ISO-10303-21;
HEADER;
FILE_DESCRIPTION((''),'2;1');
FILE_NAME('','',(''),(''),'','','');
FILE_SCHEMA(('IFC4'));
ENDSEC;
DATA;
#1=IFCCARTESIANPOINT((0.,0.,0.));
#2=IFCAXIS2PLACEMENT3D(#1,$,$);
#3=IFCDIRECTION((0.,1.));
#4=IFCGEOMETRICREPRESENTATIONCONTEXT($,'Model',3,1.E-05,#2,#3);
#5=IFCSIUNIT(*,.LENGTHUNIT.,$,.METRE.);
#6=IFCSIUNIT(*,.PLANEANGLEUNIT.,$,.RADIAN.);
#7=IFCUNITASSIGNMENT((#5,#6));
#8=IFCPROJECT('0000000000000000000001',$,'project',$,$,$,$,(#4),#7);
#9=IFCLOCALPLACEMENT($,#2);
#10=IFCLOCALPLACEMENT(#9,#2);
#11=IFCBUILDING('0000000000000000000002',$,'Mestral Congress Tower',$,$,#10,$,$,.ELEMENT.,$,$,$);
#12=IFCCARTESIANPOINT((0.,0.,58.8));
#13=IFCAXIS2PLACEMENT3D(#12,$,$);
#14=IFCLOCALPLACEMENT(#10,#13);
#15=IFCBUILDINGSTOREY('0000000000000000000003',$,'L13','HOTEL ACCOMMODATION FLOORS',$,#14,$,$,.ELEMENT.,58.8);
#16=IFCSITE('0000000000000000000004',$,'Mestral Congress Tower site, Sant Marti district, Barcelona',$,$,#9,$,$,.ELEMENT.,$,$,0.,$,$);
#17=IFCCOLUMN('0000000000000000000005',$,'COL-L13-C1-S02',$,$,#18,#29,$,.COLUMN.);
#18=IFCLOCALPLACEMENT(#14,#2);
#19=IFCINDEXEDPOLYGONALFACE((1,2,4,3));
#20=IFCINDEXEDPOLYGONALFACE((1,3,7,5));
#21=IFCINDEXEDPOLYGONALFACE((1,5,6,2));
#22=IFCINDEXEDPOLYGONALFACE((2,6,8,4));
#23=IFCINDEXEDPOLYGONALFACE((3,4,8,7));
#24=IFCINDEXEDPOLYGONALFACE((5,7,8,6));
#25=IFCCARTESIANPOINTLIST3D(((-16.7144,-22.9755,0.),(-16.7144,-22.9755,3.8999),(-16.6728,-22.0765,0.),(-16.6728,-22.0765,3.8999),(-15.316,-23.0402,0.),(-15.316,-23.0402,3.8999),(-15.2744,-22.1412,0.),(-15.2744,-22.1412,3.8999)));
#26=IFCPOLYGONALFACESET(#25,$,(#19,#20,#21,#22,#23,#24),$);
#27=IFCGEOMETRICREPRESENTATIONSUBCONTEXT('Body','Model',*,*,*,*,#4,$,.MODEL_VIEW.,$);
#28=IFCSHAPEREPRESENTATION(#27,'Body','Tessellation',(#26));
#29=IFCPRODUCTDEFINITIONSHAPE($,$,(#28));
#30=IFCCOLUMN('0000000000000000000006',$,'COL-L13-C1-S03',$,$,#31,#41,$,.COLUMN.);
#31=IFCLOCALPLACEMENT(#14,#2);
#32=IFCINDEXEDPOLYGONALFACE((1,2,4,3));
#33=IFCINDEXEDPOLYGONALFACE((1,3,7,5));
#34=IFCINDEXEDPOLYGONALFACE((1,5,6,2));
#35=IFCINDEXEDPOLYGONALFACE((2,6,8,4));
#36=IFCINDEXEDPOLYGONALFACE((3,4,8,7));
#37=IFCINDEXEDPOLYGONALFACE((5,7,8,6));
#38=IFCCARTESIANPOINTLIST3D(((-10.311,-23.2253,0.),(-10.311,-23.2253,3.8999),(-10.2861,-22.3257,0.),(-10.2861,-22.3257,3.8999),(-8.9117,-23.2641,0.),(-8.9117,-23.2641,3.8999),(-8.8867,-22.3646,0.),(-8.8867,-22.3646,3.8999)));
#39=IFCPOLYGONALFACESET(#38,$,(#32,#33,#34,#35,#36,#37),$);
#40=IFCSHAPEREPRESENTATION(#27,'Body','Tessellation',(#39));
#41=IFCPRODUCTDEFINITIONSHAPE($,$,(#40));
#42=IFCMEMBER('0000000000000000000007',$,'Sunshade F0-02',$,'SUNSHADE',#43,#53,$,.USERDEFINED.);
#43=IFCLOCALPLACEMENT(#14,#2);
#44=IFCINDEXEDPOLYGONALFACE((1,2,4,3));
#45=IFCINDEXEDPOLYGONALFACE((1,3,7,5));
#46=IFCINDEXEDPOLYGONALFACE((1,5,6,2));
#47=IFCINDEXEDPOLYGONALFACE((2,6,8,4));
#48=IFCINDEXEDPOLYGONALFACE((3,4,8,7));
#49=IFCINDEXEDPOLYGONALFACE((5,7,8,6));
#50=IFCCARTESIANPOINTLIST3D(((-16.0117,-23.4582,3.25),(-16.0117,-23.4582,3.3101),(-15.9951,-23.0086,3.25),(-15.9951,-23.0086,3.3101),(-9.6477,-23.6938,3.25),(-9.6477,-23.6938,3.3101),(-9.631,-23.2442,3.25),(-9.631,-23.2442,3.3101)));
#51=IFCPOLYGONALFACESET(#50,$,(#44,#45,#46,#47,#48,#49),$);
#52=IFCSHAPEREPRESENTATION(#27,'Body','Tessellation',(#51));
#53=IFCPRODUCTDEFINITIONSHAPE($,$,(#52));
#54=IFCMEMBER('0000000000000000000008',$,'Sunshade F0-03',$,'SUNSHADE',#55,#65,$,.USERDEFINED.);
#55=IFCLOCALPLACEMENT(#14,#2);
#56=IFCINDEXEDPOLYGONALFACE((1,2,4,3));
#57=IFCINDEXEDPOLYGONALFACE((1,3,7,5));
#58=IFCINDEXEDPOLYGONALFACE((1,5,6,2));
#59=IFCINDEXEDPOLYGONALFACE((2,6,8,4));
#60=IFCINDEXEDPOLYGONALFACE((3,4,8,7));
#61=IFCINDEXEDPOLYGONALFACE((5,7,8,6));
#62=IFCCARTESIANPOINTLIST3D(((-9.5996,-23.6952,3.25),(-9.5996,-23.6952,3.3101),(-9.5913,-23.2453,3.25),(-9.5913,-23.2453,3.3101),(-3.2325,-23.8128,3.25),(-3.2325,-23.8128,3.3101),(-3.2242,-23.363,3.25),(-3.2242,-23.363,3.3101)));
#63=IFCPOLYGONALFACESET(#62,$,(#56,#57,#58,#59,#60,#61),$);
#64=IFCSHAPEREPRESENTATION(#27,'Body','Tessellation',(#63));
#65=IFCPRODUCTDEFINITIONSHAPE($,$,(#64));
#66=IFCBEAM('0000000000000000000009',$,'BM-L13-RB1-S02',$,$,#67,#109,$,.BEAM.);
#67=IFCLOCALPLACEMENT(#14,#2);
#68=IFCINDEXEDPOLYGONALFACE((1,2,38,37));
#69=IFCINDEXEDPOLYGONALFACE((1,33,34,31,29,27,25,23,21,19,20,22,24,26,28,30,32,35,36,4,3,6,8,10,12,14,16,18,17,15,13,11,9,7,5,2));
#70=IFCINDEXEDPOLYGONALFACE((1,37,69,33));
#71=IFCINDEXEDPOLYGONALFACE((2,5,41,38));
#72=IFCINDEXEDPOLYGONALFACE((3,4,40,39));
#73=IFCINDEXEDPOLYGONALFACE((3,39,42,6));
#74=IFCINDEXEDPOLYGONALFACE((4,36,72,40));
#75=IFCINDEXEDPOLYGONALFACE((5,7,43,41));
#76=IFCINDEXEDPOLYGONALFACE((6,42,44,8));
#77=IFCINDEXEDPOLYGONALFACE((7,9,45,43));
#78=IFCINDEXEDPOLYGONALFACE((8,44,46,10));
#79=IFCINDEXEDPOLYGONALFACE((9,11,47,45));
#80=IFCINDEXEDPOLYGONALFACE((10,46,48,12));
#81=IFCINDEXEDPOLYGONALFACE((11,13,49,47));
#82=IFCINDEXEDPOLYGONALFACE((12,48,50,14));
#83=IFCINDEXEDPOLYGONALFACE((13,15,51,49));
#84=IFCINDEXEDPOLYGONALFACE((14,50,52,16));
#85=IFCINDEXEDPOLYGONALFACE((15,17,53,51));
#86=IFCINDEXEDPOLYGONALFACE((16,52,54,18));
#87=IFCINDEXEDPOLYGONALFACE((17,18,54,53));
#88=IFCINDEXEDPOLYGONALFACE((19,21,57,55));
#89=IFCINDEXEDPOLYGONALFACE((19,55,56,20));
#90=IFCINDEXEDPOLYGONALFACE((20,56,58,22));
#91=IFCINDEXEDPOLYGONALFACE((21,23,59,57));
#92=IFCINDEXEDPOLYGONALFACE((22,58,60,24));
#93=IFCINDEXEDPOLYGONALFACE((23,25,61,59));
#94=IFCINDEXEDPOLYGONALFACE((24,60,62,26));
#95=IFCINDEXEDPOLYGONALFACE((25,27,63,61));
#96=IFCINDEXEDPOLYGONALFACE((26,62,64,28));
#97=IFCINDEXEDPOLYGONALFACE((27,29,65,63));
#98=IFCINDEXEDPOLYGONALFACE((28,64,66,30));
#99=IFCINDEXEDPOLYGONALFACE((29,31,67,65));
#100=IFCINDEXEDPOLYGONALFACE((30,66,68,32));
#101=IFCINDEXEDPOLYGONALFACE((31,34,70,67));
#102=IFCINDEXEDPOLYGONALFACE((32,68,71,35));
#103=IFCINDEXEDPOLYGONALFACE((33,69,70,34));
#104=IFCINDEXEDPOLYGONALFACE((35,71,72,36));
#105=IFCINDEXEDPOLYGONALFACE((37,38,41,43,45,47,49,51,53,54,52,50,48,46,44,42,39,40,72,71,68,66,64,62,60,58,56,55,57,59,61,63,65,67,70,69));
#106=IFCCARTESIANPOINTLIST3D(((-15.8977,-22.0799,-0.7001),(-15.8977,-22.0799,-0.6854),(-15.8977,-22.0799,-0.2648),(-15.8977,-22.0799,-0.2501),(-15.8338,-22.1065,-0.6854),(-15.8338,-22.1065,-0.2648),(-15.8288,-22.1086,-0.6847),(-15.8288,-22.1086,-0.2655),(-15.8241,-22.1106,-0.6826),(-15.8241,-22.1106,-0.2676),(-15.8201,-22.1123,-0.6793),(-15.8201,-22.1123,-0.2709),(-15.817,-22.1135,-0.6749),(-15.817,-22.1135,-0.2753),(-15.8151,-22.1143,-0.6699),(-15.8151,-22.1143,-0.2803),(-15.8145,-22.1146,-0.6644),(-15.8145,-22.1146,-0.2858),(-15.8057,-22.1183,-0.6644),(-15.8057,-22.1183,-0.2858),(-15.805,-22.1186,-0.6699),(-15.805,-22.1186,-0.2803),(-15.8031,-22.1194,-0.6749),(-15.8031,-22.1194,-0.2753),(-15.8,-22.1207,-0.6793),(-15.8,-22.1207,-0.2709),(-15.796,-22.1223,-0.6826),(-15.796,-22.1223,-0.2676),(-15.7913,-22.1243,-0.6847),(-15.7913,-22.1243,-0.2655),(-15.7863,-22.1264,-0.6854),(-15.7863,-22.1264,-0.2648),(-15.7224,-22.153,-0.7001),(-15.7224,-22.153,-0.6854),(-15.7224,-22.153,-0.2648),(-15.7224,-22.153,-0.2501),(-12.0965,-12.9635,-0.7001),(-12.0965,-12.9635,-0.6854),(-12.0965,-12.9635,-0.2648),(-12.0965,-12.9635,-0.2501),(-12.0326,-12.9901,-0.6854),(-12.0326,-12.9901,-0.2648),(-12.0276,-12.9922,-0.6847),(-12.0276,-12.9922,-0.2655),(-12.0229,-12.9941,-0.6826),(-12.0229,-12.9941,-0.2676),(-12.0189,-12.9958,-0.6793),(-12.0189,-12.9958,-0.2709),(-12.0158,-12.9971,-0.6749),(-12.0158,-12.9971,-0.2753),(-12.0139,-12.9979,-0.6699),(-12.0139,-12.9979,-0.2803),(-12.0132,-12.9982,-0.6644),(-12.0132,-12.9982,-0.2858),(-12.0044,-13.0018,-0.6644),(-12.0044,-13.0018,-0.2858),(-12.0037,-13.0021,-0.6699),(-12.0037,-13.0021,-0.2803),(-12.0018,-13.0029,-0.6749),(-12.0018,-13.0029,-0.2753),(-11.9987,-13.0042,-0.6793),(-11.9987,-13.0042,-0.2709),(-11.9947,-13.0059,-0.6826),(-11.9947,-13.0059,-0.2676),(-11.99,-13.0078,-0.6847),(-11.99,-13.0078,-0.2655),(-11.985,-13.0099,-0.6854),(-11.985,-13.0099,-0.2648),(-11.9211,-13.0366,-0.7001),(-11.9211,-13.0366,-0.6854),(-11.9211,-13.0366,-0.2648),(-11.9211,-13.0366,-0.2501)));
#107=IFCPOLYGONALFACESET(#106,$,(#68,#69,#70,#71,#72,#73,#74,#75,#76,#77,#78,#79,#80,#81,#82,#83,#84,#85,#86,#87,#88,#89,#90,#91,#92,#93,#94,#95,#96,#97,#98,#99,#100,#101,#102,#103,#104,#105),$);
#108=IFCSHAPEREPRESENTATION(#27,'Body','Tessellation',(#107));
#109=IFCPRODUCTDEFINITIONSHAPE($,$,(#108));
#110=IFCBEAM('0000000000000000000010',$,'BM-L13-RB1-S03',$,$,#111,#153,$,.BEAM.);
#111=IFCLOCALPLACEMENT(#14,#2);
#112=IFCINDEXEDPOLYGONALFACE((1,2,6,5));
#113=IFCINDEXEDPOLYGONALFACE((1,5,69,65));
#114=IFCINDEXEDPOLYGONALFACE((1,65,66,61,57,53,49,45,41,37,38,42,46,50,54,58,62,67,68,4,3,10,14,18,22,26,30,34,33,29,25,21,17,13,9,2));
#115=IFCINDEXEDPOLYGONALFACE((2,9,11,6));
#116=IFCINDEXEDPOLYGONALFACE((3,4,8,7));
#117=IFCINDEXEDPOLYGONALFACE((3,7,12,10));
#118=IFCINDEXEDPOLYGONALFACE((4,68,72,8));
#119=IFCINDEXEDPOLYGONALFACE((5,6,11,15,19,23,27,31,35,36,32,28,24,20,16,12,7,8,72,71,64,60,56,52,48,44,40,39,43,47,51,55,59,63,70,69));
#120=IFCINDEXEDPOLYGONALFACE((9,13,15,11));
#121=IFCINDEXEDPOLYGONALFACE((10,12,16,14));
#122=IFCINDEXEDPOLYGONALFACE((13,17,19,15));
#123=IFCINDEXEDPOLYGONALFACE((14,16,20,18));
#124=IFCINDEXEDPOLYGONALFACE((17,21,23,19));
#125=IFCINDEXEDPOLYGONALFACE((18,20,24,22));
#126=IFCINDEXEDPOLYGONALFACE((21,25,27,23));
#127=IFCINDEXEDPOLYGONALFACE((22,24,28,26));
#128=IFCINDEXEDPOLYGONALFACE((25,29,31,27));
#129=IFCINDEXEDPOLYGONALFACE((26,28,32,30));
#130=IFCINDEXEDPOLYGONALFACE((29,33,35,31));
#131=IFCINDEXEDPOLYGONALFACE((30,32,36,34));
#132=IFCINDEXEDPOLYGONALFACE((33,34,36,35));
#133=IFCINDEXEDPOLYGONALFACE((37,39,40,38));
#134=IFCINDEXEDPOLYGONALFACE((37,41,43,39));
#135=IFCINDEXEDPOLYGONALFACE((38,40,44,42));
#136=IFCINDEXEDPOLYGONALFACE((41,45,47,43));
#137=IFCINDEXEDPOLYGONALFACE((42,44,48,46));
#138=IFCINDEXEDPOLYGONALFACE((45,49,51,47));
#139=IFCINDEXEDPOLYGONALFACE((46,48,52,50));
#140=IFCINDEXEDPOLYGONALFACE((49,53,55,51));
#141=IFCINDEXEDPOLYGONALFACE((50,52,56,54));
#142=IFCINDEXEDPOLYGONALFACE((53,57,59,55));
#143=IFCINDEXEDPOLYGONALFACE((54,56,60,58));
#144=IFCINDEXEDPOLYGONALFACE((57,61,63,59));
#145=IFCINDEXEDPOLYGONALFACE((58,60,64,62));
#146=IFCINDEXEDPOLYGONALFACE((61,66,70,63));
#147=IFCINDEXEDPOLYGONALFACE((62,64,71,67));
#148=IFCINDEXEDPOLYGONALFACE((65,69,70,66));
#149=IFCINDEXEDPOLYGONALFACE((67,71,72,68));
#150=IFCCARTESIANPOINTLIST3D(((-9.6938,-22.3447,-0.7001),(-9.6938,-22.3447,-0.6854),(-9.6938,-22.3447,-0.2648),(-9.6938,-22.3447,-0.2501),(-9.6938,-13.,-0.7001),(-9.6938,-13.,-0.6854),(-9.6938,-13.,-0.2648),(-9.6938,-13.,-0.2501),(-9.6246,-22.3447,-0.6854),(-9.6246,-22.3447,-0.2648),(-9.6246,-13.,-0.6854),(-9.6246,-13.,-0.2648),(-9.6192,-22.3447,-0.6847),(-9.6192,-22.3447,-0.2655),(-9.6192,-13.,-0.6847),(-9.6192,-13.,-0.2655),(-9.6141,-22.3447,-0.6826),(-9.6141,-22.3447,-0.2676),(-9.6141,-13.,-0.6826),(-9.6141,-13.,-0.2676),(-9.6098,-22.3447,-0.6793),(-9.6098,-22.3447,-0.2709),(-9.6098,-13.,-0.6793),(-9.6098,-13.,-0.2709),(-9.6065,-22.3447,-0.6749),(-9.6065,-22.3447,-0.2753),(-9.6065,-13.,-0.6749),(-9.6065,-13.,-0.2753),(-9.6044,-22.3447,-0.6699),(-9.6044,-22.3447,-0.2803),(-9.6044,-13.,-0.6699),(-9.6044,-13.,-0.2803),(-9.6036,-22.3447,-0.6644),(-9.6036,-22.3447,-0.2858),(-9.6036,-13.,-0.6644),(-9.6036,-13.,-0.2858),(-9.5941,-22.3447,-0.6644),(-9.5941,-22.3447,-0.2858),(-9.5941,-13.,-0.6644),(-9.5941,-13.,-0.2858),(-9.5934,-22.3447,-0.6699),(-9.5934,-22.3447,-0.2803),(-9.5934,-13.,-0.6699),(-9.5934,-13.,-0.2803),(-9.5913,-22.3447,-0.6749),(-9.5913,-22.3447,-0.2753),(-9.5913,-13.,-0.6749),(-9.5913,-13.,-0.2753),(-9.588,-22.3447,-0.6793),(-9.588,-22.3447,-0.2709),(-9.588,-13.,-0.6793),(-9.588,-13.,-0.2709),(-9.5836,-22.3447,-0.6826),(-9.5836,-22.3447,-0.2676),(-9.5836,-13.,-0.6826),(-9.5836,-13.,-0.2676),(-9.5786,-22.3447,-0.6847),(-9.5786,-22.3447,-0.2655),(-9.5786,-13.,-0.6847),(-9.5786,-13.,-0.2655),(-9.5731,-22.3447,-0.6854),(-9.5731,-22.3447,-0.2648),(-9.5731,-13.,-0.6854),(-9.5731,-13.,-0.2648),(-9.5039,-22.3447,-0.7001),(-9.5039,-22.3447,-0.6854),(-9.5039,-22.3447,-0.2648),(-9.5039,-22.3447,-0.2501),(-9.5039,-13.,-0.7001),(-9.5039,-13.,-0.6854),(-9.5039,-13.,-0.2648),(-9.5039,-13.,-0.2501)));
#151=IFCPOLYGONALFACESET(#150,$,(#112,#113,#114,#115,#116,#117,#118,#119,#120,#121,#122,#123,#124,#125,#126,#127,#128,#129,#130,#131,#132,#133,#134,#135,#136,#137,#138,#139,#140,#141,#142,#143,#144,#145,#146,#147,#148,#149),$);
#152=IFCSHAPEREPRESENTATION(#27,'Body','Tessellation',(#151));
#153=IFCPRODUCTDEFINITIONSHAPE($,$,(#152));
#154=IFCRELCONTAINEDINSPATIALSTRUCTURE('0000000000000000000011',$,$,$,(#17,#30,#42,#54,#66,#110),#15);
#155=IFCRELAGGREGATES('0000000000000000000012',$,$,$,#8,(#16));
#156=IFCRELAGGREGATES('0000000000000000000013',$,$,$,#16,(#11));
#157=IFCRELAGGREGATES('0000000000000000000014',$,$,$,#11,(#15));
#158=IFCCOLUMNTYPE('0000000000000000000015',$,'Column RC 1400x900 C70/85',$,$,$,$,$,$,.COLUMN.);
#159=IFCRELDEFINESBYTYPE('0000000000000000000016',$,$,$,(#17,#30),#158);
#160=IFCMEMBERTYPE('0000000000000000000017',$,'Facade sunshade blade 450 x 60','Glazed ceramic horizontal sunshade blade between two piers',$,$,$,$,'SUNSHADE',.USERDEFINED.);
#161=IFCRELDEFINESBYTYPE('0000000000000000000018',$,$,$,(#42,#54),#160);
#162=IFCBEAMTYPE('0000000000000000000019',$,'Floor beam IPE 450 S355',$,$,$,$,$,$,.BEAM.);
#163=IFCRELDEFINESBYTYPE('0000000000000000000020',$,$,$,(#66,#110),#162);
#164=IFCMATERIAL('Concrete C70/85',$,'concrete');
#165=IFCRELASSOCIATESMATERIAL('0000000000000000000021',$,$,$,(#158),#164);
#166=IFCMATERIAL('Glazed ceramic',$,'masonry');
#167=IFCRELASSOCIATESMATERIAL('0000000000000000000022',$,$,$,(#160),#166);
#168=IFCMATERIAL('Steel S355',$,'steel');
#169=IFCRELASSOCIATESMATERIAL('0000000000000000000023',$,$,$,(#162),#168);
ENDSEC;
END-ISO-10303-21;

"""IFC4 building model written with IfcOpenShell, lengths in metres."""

from ifc_helpers import new_model, si_unit, direction, frame, origin, origin_2d, place, context, subcontext, project, spatial, rectangle, i_section, extrude, material, material_profile, profile_set, type_object, element, save


model = new_model("IFC4")

# Units and contexts
model_context = context("Model", 3, precision=1e-05, world=origin(), true_north=direction((0.0, 1.0)))
body_context = subcontext(model_context, "Body", "Model", "MODEL_VIEW")
ifc_project = project(units=[si_unit("LENGTHUNIT", "METRE"), si_unit("PLANEANGLEUNIT", "RADIAN")], contexts=[model_context])

# Site, building, storey
site_placement = place(None, origin())
site = spatial("IfcSite", under=ifc_project, at=site_placement, Name="Mestral Congress Tower site, Sant Marti district, Barcelona", CompositionType="ELEMENT", RefElevation=0.0)
building_placement = place(site_placement, origin())
building = spatial("IfcBuilding", under=site, at=building_placement, Name="Mestral Congress Tower", CompositionType="ELEMENT")
storey_placement = place(building_placement, frame((0.0, 0.0, 58.8)))
storey = spatial("IfcBuildingStorey", under=building, at=storey_placement, Name="L13", Description="HOTEL ACCOMMODATION FLOORS", CompositionType="ELEMENT", Elevation=58.8)

# Columns
ifc_material_1 = material(Name="Concrete C70/85", Category="concrete")
ifc_material_profile_1 = material_profile(ifc_material_1, rectangle(XDim=1.3999, YDim=0.8999, at=origin_2d()), Name="RC 1400x900")
ifc_profile_set_1 = profile_set([ifc_material_profile_1], Name="Concrete C70/85")
column_type = type_object("IfcColumnType", Name="Column RC 1400x900 C70/85", PredefinedType="COLUMN", material=ifc_profile_set_1)
for number, where, z_axis, x_axis, name in (
    (1, (-15.9944, -22.5583, 0.0), (0.0, 0.0, 1.0), (0.998932, -0.0462, 0.0), "COL-L13-C1-S02"),
    (2, (-9.5989, -22.7949, 0.0), (0.0, 0.0, 1.0), (0.999616, -0.027726, 0.0), "COL-L13-C1-S03"),
):
    element("IfcColumn", number, at=place(storey_placement, frame(where, z_axis=z_axis, x_axis=x_axis)), inside=storey, type_object=column_type, Name=name, PredefinedType="COLUMN", context=body_context, shape_type="SweptSolid", body=[
        extrude(rectangle(XDim=1.3999, YDim=0.8999, at=origin_2d()), origin(), (0.0, 0.0, 1.0), 3.8999),
    ])

# Members
ifc_material_2 = material(Name="Glazed ceramic", Category="masonry")
ifc_material_profile_2 = material_profile(ifc_material_2, rectangle(XDim=0.45, YDim=0.0601, at=origin_2d()), Name="Ceramic blade 450 x 60")
ifc_profile_set_2 = profile_set([ifc_material_profile_2], Name="Glazed ceramic")
member_type = type_object("IfcMemberType", Name="Facade sunshade blade 450 x 60", Description="Glazed ceramic horizontal sunshade blade between two piers", ElementType="SUNSHADE", PredefinedType="USERDEFINED", material=ifc_profile_set_2)
member_1_placement = place(storey_placement, frame((-16.0034, -23.2334, 3.28), z_axis=(0.999315, -0.036995, 0.0), x_axis=(0.036995, 0.999315, 0.0)))
element("IfcMember", 3, at=member_1_placement, inside=storey, type_object=member_type, Name="Sunshade F0-02", ObjectType="SUNSHADE", PredefinedType="USERDEFINED", context=body_context, shape_type="SweptSolid", body=[
    extrude(rectangle(XDim=0.45, YDim=0.0601, at=origin_2d()), origin(), (0.0, 0.0, 1.0), 6.3684),
])
member_2_placement = place(storey_placement, frame((-9.5955, -23.4702, 3.28), z_axis=(0.999829, -0.018478, 0.0), x_axis=(0.018478, 0.999829, 0.0)))
element("IfcMember", 4, at=member_2_placement, inside=storey, type_object=member_type, Name="Sunshade F0-03", ObjectType="SUNSHADE", PredefinedType="USERDEFINED", context=body_context, shape_type="SweptSolid", body=[
    extrude(rectangle(XDim=0.45, YDim=0.0601, at=origin_2d()), origin(), (0.0, 0.0, 1.0), 6.3682),
])

# Beams
ifc_material_3 = material(Name="Steel S355", Category="steel")
ifc_material_profile_3 = material_profile(ifc_material_3, i_section(OverallWidth=0.1899, OverallDepth=0.45, WebThickness=0.0095, FlangeThickness=0.0146, FilletRadius=0.021, at=origin_2d()), Name="IPE 450")
ifc_profile_set_3 = profile_set([ifc_material_profile_3], Name="Steel S355")
beam_type_1 = type_object("IfcBeamType", Name="Floor beam IPE 450 S355", PredefinedType="BEAM", material=ifc_profile_set_3)
beam_1_placement = place(storey_placement, frame((-15.8101, -22.1165, -0.4751), z_axis=(0.384852, 0.922978, 0.0), x_axis=(-0.922978, 0.384852, 0.0)))
element("IfcBeam", 5, at=beam_1_placement, inside=storey, type_object=beam_type_1, Name="BM-L13-RB1-S02", PredefinedType="BEAM", context=body_context, shape_type="SweptSolid", body=[
    extrude(i_section(OverallWidth=0.1899, OverallDepth=0.45, WebThickness=0.0095, FlangeThickness=0.0146, FilletRadius=0.021, at=origin_2d()), origin(), (0.0, 0.0, 1.0), 9.8772),
])
beam_2_placement = place(storey_placement, frame((-9.5989, -22.3447, -0.4751), z_axis=(0.0, 1.0, 0.0), x_axis=(-1.0, 0.0, 0.0)))
element("IfcBeam", 6, at=beam_2_placement, inside=storey, type_object=beam_type_1, Name="BM-L13-RB1-S03", PredefinedType="BEAM", context=body_context, shape_type="SweptSolid", body=[
    extrude(i_section(OverallWidth=0.1899, OverallDepth=0.45, WebThickness=0.0095, FlangeThickness=0.0146, FilletRadius=0.021, at=origin_2d()), origin(), (0.0, 0.0, 1.0), 9.3447),
])

save(model, "model.ifc")
